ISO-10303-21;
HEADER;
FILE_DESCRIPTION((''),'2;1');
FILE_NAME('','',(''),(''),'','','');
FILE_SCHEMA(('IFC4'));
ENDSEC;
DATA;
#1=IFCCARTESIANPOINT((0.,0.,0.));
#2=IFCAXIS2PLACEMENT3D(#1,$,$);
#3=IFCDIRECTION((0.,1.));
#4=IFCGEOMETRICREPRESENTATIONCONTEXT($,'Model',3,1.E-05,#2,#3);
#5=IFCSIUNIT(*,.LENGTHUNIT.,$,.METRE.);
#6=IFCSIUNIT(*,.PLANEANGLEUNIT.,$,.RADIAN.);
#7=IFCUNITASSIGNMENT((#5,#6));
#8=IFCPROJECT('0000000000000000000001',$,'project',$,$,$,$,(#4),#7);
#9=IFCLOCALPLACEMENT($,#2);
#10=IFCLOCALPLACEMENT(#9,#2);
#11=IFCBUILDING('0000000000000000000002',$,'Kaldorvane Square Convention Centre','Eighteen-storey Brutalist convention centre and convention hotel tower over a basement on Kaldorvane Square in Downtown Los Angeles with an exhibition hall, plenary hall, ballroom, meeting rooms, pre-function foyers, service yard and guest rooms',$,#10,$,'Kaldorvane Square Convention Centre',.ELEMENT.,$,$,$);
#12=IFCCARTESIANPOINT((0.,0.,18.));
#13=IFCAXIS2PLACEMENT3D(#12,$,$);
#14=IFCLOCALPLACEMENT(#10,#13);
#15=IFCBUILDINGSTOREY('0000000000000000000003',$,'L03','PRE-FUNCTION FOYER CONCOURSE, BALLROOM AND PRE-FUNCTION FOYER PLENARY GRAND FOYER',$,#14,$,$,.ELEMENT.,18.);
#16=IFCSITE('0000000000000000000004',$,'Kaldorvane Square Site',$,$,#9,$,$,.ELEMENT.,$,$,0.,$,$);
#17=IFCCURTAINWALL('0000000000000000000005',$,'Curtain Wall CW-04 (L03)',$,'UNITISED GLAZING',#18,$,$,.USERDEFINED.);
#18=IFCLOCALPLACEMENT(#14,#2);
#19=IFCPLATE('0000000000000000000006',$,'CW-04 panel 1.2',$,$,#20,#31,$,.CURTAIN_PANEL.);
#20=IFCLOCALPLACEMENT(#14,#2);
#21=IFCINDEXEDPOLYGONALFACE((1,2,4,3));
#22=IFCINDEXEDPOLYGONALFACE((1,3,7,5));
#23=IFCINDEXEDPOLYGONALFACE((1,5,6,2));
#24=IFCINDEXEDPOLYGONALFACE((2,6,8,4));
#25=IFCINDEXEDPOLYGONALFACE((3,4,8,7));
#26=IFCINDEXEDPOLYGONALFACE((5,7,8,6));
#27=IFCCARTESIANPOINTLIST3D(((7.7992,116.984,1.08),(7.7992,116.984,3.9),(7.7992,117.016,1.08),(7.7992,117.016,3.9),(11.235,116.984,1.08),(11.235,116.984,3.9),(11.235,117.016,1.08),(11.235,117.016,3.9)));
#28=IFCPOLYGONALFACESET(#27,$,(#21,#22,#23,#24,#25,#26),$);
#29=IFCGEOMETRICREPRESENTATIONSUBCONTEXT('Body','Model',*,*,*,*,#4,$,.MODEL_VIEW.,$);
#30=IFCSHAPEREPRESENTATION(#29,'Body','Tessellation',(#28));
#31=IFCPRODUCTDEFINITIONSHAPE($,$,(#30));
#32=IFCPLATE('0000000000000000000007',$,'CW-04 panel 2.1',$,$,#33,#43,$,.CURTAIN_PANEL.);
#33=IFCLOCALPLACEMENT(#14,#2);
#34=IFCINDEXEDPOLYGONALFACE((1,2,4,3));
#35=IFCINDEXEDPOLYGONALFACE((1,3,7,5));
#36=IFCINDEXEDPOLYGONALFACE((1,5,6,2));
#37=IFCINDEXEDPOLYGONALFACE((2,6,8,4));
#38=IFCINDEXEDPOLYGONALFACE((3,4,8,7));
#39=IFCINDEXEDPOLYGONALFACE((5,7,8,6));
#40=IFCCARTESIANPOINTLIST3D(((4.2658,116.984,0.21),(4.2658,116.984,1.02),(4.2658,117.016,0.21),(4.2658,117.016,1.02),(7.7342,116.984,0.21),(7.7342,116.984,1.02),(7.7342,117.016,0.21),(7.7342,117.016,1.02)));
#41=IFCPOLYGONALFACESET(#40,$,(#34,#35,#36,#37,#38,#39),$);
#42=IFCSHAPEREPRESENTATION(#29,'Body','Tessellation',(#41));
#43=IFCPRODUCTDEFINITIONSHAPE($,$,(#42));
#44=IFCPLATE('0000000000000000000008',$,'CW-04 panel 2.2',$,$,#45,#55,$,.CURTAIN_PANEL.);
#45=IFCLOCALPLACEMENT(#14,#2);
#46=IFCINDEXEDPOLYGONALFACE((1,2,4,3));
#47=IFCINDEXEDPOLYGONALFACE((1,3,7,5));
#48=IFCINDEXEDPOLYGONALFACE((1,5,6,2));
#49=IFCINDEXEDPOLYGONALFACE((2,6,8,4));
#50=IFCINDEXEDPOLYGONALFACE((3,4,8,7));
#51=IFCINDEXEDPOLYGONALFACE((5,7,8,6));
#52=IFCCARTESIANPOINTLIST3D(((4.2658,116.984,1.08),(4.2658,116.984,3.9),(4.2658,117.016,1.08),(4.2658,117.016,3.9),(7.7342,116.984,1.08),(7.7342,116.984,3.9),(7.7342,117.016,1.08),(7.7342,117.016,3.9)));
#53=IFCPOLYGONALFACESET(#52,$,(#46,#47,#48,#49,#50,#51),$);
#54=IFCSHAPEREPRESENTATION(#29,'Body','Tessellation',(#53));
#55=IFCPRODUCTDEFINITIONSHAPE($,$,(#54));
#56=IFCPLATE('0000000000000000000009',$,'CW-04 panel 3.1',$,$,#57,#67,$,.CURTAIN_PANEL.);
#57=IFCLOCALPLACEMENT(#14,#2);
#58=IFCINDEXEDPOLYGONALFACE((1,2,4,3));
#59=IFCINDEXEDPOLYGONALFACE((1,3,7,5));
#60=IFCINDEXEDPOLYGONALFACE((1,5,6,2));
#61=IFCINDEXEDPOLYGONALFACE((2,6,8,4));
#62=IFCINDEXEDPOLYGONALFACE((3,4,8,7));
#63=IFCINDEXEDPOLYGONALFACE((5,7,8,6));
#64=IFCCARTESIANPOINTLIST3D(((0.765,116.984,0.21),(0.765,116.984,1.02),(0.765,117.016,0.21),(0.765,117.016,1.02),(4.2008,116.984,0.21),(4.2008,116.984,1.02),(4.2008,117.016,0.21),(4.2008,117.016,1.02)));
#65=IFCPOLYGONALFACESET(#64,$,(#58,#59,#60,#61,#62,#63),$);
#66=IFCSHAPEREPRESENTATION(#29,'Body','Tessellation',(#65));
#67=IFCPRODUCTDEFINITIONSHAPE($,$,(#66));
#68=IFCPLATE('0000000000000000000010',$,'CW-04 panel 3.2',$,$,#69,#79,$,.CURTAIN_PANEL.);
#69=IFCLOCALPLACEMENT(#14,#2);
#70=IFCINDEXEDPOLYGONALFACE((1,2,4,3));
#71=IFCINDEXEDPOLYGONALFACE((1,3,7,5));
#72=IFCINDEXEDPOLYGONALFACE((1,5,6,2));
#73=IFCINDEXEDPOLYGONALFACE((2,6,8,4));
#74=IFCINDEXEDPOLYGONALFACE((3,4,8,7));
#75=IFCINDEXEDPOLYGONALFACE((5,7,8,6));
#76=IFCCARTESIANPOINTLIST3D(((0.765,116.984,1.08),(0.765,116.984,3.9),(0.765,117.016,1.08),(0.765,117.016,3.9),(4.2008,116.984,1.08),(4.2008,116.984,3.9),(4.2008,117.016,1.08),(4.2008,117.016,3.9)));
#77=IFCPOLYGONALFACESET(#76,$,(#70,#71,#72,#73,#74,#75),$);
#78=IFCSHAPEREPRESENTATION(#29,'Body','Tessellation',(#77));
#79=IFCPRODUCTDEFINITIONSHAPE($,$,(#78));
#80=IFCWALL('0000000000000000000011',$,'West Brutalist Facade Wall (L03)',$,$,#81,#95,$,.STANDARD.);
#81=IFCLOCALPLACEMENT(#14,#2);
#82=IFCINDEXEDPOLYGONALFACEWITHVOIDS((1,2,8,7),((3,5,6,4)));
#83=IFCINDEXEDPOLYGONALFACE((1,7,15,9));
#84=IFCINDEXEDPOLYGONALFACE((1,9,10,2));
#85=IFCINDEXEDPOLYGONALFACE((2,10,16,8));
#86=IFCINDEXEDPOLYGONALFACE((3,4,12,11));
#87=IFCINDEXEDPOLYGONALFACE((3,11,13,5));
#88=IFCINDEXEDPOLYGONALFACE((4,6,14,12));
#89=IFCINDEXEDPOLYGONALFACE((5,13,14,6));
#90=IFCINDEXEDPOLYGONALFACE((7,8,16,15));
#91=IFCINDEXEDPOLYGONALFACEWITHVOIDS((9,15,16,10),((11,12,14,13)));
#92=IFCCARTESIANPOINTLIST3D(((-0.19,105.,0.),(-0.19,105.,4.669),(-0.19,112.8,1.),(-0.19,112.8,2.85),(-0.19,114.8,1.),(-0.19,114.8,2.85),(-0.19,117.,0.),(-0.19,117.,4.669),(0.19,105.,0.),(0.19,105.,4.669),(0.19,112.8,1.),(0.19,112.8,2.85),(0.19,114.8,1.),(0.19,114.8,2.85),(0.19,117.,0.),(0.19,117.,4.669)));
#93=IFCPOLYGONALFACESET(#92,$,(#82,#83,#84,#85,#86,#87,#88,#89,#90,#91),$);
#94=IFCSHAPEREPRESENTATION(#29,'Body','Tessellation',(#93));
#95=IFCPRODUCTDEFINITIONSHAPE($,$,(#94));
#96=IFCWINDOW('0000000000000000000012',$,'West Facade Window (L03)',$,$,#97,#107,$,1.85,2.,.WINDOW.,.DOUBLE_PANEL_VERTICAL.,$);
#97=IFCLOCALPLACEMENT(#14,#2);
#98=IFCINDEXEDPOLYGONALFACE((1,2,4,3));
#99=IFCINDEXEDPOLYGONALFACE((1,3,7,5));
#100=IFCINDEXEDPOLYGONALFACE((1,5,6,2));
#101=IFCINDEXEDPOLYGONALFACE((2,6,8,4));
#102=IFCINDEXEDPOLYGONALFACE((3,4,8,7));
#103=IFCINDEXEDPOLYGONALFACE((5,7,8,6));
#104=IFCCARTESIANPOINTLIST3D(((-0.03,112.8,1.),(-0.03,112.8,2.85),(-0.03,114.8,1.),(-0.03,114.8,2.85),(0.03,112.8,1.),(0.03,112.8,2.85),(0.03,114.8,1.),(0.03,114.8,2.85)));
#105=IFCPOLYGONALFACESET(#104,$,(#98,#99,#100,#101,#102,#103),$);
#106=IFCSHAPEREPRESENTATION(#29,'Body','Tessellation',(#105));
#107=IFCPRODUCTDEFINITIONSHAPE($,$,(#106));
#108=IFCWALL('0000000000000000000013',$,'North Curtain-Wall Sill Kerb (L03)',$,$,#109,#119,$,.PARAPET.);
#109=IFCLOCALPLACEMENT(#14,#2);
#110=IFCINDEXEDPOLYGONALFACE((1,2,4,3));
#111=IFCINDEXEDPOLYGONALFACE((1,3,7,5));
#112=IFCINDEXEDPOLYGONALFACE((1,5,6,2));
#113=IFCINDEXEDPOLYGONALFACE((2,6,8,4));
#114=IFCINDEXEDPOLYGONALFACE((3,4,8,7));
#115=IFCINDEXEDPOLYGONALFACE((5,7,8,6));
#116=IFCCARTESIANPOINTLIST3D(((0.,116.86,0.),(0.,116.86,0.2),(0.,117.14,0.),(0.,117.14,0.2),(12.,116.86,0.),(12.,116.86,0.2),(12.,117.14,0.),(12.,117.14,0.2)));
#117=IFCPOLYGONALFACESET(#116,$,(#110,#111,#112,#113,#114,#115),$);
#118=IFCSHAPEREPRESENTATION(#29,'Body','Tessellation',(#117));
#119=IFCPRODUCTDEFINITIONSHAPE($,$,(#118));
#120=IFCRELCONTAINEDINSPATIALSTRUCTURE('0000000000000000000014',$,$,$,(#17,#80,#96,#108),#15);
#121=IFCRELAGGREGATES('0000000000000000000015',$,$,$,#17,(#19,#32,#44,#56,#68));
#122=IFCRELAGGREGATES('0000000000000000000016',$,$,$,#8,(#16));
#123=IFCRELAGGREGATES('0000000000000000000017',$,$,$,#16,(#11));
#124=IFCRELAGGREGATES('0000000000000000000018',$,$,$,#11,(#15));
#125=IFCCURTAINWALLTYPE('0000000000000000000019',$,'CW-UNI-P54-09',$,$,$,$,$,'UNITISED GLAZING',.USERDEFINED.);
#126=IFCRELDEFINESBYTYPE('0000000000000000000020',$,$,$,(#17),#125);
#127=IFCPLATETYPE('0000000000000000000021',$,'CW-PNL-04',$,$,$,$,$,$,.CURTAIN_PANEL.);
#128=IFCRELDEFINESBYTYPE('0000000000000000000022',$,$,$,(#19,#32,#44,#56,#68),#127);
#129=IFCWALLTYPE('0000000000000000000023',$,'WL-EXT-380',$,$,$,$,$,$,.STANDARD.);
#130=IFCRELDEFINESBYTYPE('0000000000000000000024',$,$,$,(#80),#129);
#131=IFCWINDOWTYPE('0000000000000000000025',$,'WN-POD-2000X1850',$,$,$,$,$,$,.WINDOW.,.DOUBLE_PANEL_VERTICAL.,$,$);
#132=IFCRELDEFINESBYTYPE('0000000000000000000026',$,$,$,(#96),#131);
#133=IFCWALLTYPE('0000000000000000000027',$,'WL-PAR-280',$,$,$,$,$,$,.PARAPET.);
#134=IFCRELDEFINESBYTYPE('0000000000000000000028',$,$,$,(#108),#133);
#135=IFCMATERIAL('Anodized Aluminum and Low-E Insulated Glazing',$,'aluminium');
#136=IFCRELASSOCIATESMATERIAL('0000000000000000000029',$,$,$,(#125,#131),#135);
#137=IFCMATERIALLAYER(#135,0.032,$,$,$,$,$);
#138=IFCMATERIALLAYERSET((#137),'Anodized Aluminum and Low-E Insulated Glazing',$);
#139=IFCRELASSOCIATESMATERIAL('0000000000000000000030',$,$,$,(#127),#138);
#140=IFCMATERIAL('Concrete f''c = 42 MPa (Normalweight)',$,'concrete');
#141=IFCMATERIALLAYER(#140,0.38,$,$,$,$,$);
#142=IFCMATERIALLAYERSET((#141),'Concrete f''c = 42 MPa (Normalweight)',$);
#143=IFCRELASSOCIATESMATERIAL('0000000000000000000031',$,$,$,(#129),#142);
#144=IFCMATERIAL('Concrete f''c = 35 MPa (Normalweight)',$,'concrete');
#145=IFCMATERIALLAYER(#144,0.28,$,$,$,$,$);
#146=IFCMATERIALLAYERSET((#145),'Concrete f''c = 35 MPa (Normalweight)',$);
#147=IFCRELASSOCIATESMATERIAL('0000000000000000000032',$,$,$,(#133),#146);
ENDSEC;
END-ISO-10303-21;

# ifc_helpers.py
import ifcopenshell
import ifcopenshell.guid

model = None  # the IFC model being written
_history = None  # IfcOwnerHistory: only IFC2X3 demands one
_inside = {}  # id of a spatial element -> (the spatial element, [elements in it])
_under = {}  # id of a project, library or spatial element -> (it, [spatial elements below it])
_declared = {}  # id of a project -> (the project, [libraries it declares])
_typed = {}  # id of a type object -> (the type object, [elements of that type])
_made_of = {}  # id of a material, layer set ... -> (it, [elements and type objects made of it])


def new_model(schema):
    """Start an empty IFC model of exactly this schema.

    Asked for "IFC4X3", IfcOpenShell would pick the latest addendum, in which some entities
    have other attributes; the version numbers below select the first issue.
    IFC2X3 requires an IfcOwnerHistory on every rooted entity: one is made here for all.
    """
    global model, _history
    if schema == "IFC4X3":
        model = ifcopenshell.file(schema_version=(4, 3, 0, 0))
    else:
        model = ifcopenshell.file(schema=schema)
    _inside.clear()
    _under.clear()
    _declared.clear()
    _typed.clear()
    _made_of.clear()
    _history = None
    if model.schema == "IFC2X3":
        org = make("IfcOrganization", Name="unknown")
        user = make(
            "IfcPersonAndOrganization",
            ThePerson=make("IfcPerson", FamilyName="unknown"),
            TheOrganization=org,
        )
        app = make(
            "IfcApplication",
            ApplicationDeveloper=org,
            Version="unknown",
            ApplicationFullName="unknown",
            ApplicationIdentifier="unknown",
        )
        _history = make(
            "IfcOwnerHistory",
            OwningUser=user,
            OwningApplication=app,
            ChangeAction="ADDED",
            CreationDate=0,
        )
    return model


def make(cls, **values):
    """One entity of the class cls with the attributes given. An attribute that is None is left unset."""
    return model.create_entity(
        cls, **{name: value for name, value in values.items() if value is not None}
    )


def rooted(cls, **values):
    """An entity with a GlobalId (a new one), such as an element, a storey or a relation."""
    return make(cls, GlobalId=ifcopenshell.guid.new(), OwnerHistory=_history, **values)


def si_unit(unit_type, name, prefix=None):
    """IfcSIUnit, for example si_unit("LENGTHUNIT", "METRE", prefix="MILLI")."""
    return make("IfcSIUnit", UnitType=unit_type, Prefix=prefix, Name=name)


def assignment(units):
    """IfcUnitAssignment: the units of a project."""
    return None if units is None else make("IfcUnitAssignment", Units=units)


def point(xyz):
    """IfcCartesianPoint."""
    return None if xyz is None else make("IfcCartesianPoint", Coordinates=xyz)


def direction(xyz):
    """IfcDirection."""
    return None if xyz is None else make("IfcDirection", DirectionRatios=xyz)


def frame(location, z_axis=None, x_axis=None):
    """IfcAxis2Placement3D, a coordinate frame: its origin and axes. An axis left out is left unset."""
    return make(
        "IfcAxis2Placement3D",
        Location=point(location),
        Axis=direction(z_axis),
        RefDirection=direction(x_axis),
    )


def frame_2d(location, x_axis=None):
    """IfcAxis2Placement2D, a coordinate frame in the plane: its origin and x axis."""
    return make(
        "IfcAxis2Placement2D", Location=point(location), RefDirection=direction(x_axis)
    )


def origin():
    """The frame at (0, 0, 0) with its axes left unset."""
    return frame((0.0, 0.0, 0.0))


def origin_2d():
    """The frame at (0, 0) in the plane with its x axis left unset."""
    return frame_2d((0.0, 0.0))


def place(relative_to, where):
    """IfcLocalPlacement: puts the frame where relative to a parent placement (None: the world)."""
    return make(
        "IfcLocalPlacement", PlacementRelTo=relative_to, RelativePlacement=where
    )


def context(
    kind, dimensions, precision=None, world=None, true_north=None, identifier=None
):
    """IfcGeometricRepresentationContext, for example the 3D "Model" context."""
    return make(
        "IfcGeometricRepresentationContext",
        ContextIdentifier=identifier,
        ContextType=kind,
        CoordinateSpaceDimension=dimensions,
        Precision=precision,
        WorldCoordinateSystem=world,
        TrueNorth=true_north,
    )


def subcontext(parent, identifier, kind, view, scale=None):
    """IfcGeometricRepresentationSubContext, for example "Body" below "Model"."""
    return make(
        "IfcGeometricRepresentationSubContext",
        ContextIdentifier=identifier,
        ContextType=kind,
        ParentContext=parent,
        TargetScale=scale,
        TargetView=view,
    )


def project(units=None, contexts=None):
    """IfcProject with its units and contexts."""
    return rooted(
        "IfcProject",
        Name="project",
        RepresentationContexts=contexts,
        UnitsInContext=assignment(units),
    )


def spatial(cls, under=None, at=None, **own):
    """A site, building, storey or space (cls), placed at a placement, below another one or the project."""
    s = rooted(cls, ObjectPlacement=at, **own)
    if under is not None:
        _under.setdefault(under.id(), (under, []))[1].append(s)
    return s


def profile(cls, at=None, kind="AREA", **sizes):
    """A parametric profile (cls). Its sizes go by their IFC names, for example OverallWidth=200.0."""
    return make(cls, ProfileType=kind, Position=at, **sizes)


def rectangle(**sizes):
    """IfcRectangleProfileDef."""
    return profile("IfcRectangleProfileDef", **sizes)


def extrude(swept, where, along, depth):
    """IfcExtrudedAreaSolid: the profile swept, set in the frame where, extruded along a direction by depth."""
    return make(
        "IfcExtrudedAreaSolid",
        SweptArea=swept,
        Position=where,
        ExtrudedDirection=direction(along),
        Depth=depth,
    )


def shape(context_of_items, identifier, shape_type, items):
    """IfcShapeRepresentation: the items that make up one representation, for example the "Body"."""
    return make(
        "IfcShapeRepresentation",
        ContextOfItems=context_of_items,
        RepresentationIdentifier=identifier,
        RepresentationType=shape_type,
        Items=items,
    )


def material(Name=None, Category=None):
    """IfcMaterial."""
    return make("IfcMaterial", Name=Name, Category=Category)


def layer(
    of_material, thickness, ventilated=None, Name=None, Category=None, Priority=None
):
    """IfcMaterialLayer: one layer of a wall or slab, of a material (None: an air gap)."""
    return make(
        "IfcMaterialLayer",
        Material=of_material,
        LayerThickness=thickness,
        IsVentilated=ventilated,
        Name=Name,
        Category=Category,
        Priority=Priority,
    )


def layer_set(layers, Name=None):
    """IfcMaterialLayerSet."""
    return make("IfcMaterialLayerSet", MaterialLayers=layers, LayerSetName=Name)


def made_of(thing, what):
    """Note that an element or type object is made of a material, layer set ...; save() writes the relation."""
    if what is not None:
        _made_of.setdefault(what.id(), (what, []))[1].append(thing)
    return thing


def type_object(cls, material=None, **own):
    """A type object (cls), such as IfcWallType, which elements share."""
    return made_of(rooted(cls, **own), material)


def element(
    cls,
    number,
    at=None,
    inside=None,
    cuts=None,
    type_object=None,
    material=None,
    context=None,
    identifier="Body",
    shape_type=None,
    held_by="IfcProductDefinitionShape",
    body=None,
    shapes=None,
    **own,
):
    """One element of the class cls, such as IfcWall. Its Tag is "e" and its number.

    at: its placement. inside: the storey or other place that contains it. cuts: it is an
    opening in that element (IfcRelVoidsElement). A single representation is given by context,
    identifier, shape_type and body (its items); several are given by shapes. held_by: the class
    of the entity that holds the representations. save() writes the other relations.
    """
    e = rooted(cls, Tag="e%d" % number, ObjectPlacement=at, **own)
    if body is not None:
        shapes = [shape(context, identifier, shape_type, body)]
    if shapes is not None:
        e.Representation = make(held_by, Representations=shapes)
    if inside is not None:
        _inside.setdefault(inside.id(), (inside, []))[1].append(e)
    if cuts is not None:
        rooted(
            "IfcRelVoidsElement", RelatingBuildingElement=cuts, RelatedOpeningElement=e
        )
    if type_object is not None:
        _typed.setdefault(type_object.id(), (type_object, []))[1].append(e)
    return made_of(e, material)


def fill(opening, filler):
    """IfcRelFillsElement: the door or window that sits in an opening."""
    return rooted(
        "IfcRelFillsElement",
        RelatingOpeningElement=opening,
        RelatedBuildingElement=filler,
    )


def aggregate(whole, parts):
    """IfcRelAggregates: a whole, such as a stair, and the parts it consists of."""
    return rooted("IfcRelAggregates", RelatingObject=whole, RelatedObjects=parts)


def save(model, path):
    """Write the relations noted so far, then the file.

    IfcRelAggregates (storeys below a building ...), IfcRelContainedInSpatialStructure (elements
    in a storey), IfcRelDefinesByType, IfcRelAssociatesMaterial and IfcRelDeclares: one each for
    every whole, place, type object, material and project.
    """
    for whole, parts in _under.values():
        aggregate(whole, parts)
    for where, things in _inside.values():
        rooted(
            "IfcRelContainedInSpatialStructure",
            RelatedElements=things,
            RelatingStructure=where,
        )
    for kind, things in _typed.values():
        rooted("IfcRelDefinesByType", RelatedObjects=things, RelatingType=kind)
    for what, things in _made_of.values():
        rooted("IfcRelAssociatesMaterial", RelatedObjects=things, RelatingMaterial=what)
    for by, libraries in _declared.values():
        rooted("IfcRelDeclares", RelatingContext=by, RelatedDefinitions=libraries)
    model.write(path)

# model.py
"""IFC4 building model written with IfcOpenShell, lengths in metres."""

from ifc_helpers import new_model, si_unit, direction, frame, frame_2d, origin, origin_2d, place, context, subcontext, project, spatial, rectangle, extrude, material, layer, layer_set, type_object, element, fill, aggregate, save


model = new_model("IFC4")

# Units and contexts
model_context = context("Model", 3, precision=1e-05, world=origin(), true_north=direction((0.0, 1.0)))
body_context = subcontext(model_context, "Body", "Model", "MODEL_VIEW")
ifc_project = project(units=[si_unit("LENGTHUNIT", "METRE"), si_unit("PLANEANGLEUNIT", "RADIAN")], contexts=[model_context])

# Site, building, storey
site_placement = place(None, origin())
site = spatial("IfcSite", under=ifc_project, at=site_placement, Name="Kaldorvane Square Site", CompositionType="ELEMENT", RefElevation=0.0)
building_placement = place(site_placement, origin())
building = spatial("IfcBuilding", under=site, at=building_placement, Name="Kaldorvane Square Convention Centre", Description="Eighteen-storey Brutalist convention centre and convention hotel tower over a basement on Kaldorvane Square in Downtown Los Angeles with an exhibition hall, plenary hall, ballroom, meeting rooms, pre-function foyers, service yard and guest rooms", LongName="Kaldorvane Square Convention Centre", CompositionType="ELEMENT")
storey_placement = place(building_placement, frame((0.0, 0.0, 18.0)))
storey = spatial("IfcBuildingStorey", under=building, at=storey_placement, Name="L03", Description="PRE-FUNCTION FOYER CONCOURSE, BALLROOM AND PRE-FUNCTION FOYER PLENARY GRAND FOYER", CompositionType="ELEMENT", Elevation=18.0)

# Shared definitions
ifc_material_1 = material(Name="Concrete f'c = 42 MPa (Normalweight)", Category="concrete")

# Curtain wall, plates
ifc_material_2 = material(Name="Anodized Aluminum and Low-E Insulated Glazing", Category="aluminium")
curtain_wall_type = type_object("IfcCurtainWallType", Name="CW-UNI-P54-09", ElementType="UNITISED GLAZING", PredefinedType="USERDEFINED", material=ifc_material_2)
curtain_wall_placement = place(storey_placement, origin())
curtain_wall = element("IfcCurtainWall", 1, at=curtain_wall_placement, inside=storey, type_object=curtain_wall_type, Name="Curtain Wall CW-04 (L03)", ObjectType="UNITISED GLAZING", PredefinedType="USERDEFINED")
ifc_layer_1 = layer(ifc_material_2, 0.032)
ifc_layer_set_1 = layer_set([ifc_layer_1], Name="Anodized Aluminum and Low-E Insulated Glazing")
plate_type = type_object("IfcPlateType", Name="CW-PNL-04", PredefinedType="CURTAIN_PANEL", material=ifc_layer_set_1)
plate_1_placement = place(storey_placement, frame((9.5171, 117.0, 1.08), z_axis=(0.0, 0.0, 1.0), x_axis=(-1.0, 0.0, 0.0)))
plate_1 = element("IfcPlate", 2, at=plate_1_placement, type_object=plate_type, Name="CW-04 panel 1.2", PredefinedType="CURTAIN_PANEL", context=body_context, shape_type="SweptSolid", body=[
    extrude(rectangle(XDim=3.4358, YDim=0.032, at=origin_2d()), origin(), (0.0, 0.0, 1.0), 2.82),
])
plate_2_placement = place(storey_placement, frame((6.0, 117.0, 0.21), z_axis=(0.0, 0.0, 1.0), x_axis=(-1.0, 0.0, 0.0)))
plate_2 = element("IfcPlate", 3, at=plate_2_placement, type_object=plate_type, Name="CW-04 panel 2.1", PredefinedType="CURTAIN_PANEL", context=body_context, shape_type="SweptSolid", body=[
    extrude(rectangle(XDim=3.4683, YDim=0.032, at=origin_2d()), origin(), (0.0, 0.0, 1.0), 0.81),
])
plate_3_placement = place(storey_placement, frame((6.0, 117.0, 1.08), z_axis=(0.0, 0.0, 1.0), x_axis=(-1.0, 0.0, 0.0)))
plate_3 = element("IfcPlate", 4, at=plate_3_placement, type_object=plate_type, Name="CW-04 panel 2.2", PredefinedType="CURTAIN_PANEL", context=body_context, shape_type="SweptSolid", body=[
    extrude(rectangle(XDim=3.4683, YDim=0.032, at=origin_2d()), origin(), (0.0, 0.0, 1.0), 2.82),
])
plate_4_placement = place(storey_placement, frame((2.4829, 117.0, 0.21), z_axis=(0.0, 0.0, 1.0), x_axis=(-1.0, 0.0, 0.0)))
plate_4 = element("IfcPlate", 5, at=plate_4_placement, type_object=plate_type, Name="CW-04 panel 3.1", PredefinedType="CURTAIN_PANEL", context=body_context, shape_type="SweptSolid", body=[
    extrude(rectangle(XDim=3.4358, YDim=0.032, at=origin_2d()), origin(), (0.0, 0.0, 1.0), 0.81),
])
plate_5_placement = place(storey_placement, frame((2.4829, 117.0, 1.08), z_axis=(0.0, 0.0, 1.0), x_axis=(-1.0, 0.0, 0.0)))
plate_5 = element("IfcPlate", 6, at=plate_5_placement, type_object=plate_type, Name="CW-04 panel 3.2", PredefinedType="CURTAIN_PANEL", context=body_context, shape_type="SweptSolid", body=[
    extrude(rectangle(XDim=3.4358, YDim=0.032, at=origin_2d()), origin(), (0.0, 0.0, 1.0), 2.82),
])
aggregate(curtain_wall, [plate_1, plate_2, plate_3, plate_4, plate_5])

# Wall, opening, window
ifc_layer_2 = layer(ifc_material_1, 0.38)
ifc_layer_set_2 = layer_set([ifc_layer_2], Name="Concrete f'c = 42 MPa (Normalweight)")
wall_type_1 = type_object("IfcWallType", Name="WL-EXT-380", PredefinedType="STANDARD", material=ifc_layer_set_2)
wall_1_placement = place(storey_placement, frame((0.0, 117.0, 0.0), z_axis=(0.0, 0.0, 1.0), x_axis=(0.0, -1.0, 0.0)))
wall_1 = element("IfcWall", 7, at=wall_1_placement, inside=storey, type_object=wall_type_1, Name="West Brutalist Facade Wall (L03)", PredefinedType="STANDARD", context=body_context, shape_type="SweptSolid", body=[
    extrude(rectangle(XDim=12.0, YDim=0.38, at=frame_2d((6.0, 0.0))), origin(), (0.0, 0.0, 1.0), 4.669),
])
opening_placement = place(wall_1_placement, frame((2.2, 0.0, 1.0)))
opening = element("IfcOpeningElement", 8, at=opening_placement, cuts=wall_1, PredefinedType="OPENING", context=body_context, shape_type="SweptSolid", body=[
    extrude(rectangle(XDim=2.0, YDim=1.85, at=frame_2d((1.0, 0.925))), frame((0.0, 0.205, 0.0), z_axis=(0.0, -1.0, 0.0), x_axis=(1.0, 0.0, 0.0)), (0.0, 0.0, 1.0), 0.41),
])
window_type = type_object("IfcWindowType", Name="WN-POD-2000X1850", PartitioningType="DOUBLE_PANEL_VERTICAL", PredefinedType="WINDOW", material=ifc_material_2)
window_placement = place(opening_placement, origin())
window = element("IfcWindow", 9, at=window_placement, inside=storey, type_object=window_type, Name="West Facade Window (L03)", OverallHeight=1.85, OverallWidth=2.0, PartitioningType="DOUBLE_PANEL_VERTICAL", PredefinedType="WINDOW", context=body_context, shape_type="SweptSolid", body=[
    extrude(rectangle(XDim=2.0, YDim=1.85, at=frame_2d((1.0, 0.925))), frame((0.0, 0.03, 0.0), z_axis=(0.0, -1.0, 0.0), x_axis=(1.0, 0.0, 0.0)), (0.0, 0.0, 1.0), 0.06),
])
fill(opening, window)

# Wall
ifc_material_3 = material(Name="Concrete f'c = 35 MPa (Normalweight)", Category="concrete")
ifc_layer_3 = layer(ifc_material_3, 0.28)
ifc_layer_set_3 = layer_set([ifc_layer_3], Name="Concrete f'c = 35 MPa (Normalweight)")
wall_type_2 = type_object("IfcWallType", Name="WL-PAR-280", PredefinedType="PARAPET", material=ifc_layer_set_3)
wall_2_placement = place(storey_placement, frame((12.0, 117.0, 0.0), z_axis=(0.0, 0.0, 1.0), x_axis=(-1.0, 0.0, 0.0)))
element("IfcWall", 10, at=wall_2_placement, inside=storey, type_object=wall_type_2, Name="North Curtain-Wall Sill Kerb (L03)", PredefinedType="PARAPET", context=body_context, shape_type="SweptSolid", body=[
    extrude(rectangle(XDim=12.0, YDim=0.28, at=frame_2d((6.0, 0.0))), origin(), (0.0, 0.0, 1.0), 0.2),
])

save(model, "model.ifc")
